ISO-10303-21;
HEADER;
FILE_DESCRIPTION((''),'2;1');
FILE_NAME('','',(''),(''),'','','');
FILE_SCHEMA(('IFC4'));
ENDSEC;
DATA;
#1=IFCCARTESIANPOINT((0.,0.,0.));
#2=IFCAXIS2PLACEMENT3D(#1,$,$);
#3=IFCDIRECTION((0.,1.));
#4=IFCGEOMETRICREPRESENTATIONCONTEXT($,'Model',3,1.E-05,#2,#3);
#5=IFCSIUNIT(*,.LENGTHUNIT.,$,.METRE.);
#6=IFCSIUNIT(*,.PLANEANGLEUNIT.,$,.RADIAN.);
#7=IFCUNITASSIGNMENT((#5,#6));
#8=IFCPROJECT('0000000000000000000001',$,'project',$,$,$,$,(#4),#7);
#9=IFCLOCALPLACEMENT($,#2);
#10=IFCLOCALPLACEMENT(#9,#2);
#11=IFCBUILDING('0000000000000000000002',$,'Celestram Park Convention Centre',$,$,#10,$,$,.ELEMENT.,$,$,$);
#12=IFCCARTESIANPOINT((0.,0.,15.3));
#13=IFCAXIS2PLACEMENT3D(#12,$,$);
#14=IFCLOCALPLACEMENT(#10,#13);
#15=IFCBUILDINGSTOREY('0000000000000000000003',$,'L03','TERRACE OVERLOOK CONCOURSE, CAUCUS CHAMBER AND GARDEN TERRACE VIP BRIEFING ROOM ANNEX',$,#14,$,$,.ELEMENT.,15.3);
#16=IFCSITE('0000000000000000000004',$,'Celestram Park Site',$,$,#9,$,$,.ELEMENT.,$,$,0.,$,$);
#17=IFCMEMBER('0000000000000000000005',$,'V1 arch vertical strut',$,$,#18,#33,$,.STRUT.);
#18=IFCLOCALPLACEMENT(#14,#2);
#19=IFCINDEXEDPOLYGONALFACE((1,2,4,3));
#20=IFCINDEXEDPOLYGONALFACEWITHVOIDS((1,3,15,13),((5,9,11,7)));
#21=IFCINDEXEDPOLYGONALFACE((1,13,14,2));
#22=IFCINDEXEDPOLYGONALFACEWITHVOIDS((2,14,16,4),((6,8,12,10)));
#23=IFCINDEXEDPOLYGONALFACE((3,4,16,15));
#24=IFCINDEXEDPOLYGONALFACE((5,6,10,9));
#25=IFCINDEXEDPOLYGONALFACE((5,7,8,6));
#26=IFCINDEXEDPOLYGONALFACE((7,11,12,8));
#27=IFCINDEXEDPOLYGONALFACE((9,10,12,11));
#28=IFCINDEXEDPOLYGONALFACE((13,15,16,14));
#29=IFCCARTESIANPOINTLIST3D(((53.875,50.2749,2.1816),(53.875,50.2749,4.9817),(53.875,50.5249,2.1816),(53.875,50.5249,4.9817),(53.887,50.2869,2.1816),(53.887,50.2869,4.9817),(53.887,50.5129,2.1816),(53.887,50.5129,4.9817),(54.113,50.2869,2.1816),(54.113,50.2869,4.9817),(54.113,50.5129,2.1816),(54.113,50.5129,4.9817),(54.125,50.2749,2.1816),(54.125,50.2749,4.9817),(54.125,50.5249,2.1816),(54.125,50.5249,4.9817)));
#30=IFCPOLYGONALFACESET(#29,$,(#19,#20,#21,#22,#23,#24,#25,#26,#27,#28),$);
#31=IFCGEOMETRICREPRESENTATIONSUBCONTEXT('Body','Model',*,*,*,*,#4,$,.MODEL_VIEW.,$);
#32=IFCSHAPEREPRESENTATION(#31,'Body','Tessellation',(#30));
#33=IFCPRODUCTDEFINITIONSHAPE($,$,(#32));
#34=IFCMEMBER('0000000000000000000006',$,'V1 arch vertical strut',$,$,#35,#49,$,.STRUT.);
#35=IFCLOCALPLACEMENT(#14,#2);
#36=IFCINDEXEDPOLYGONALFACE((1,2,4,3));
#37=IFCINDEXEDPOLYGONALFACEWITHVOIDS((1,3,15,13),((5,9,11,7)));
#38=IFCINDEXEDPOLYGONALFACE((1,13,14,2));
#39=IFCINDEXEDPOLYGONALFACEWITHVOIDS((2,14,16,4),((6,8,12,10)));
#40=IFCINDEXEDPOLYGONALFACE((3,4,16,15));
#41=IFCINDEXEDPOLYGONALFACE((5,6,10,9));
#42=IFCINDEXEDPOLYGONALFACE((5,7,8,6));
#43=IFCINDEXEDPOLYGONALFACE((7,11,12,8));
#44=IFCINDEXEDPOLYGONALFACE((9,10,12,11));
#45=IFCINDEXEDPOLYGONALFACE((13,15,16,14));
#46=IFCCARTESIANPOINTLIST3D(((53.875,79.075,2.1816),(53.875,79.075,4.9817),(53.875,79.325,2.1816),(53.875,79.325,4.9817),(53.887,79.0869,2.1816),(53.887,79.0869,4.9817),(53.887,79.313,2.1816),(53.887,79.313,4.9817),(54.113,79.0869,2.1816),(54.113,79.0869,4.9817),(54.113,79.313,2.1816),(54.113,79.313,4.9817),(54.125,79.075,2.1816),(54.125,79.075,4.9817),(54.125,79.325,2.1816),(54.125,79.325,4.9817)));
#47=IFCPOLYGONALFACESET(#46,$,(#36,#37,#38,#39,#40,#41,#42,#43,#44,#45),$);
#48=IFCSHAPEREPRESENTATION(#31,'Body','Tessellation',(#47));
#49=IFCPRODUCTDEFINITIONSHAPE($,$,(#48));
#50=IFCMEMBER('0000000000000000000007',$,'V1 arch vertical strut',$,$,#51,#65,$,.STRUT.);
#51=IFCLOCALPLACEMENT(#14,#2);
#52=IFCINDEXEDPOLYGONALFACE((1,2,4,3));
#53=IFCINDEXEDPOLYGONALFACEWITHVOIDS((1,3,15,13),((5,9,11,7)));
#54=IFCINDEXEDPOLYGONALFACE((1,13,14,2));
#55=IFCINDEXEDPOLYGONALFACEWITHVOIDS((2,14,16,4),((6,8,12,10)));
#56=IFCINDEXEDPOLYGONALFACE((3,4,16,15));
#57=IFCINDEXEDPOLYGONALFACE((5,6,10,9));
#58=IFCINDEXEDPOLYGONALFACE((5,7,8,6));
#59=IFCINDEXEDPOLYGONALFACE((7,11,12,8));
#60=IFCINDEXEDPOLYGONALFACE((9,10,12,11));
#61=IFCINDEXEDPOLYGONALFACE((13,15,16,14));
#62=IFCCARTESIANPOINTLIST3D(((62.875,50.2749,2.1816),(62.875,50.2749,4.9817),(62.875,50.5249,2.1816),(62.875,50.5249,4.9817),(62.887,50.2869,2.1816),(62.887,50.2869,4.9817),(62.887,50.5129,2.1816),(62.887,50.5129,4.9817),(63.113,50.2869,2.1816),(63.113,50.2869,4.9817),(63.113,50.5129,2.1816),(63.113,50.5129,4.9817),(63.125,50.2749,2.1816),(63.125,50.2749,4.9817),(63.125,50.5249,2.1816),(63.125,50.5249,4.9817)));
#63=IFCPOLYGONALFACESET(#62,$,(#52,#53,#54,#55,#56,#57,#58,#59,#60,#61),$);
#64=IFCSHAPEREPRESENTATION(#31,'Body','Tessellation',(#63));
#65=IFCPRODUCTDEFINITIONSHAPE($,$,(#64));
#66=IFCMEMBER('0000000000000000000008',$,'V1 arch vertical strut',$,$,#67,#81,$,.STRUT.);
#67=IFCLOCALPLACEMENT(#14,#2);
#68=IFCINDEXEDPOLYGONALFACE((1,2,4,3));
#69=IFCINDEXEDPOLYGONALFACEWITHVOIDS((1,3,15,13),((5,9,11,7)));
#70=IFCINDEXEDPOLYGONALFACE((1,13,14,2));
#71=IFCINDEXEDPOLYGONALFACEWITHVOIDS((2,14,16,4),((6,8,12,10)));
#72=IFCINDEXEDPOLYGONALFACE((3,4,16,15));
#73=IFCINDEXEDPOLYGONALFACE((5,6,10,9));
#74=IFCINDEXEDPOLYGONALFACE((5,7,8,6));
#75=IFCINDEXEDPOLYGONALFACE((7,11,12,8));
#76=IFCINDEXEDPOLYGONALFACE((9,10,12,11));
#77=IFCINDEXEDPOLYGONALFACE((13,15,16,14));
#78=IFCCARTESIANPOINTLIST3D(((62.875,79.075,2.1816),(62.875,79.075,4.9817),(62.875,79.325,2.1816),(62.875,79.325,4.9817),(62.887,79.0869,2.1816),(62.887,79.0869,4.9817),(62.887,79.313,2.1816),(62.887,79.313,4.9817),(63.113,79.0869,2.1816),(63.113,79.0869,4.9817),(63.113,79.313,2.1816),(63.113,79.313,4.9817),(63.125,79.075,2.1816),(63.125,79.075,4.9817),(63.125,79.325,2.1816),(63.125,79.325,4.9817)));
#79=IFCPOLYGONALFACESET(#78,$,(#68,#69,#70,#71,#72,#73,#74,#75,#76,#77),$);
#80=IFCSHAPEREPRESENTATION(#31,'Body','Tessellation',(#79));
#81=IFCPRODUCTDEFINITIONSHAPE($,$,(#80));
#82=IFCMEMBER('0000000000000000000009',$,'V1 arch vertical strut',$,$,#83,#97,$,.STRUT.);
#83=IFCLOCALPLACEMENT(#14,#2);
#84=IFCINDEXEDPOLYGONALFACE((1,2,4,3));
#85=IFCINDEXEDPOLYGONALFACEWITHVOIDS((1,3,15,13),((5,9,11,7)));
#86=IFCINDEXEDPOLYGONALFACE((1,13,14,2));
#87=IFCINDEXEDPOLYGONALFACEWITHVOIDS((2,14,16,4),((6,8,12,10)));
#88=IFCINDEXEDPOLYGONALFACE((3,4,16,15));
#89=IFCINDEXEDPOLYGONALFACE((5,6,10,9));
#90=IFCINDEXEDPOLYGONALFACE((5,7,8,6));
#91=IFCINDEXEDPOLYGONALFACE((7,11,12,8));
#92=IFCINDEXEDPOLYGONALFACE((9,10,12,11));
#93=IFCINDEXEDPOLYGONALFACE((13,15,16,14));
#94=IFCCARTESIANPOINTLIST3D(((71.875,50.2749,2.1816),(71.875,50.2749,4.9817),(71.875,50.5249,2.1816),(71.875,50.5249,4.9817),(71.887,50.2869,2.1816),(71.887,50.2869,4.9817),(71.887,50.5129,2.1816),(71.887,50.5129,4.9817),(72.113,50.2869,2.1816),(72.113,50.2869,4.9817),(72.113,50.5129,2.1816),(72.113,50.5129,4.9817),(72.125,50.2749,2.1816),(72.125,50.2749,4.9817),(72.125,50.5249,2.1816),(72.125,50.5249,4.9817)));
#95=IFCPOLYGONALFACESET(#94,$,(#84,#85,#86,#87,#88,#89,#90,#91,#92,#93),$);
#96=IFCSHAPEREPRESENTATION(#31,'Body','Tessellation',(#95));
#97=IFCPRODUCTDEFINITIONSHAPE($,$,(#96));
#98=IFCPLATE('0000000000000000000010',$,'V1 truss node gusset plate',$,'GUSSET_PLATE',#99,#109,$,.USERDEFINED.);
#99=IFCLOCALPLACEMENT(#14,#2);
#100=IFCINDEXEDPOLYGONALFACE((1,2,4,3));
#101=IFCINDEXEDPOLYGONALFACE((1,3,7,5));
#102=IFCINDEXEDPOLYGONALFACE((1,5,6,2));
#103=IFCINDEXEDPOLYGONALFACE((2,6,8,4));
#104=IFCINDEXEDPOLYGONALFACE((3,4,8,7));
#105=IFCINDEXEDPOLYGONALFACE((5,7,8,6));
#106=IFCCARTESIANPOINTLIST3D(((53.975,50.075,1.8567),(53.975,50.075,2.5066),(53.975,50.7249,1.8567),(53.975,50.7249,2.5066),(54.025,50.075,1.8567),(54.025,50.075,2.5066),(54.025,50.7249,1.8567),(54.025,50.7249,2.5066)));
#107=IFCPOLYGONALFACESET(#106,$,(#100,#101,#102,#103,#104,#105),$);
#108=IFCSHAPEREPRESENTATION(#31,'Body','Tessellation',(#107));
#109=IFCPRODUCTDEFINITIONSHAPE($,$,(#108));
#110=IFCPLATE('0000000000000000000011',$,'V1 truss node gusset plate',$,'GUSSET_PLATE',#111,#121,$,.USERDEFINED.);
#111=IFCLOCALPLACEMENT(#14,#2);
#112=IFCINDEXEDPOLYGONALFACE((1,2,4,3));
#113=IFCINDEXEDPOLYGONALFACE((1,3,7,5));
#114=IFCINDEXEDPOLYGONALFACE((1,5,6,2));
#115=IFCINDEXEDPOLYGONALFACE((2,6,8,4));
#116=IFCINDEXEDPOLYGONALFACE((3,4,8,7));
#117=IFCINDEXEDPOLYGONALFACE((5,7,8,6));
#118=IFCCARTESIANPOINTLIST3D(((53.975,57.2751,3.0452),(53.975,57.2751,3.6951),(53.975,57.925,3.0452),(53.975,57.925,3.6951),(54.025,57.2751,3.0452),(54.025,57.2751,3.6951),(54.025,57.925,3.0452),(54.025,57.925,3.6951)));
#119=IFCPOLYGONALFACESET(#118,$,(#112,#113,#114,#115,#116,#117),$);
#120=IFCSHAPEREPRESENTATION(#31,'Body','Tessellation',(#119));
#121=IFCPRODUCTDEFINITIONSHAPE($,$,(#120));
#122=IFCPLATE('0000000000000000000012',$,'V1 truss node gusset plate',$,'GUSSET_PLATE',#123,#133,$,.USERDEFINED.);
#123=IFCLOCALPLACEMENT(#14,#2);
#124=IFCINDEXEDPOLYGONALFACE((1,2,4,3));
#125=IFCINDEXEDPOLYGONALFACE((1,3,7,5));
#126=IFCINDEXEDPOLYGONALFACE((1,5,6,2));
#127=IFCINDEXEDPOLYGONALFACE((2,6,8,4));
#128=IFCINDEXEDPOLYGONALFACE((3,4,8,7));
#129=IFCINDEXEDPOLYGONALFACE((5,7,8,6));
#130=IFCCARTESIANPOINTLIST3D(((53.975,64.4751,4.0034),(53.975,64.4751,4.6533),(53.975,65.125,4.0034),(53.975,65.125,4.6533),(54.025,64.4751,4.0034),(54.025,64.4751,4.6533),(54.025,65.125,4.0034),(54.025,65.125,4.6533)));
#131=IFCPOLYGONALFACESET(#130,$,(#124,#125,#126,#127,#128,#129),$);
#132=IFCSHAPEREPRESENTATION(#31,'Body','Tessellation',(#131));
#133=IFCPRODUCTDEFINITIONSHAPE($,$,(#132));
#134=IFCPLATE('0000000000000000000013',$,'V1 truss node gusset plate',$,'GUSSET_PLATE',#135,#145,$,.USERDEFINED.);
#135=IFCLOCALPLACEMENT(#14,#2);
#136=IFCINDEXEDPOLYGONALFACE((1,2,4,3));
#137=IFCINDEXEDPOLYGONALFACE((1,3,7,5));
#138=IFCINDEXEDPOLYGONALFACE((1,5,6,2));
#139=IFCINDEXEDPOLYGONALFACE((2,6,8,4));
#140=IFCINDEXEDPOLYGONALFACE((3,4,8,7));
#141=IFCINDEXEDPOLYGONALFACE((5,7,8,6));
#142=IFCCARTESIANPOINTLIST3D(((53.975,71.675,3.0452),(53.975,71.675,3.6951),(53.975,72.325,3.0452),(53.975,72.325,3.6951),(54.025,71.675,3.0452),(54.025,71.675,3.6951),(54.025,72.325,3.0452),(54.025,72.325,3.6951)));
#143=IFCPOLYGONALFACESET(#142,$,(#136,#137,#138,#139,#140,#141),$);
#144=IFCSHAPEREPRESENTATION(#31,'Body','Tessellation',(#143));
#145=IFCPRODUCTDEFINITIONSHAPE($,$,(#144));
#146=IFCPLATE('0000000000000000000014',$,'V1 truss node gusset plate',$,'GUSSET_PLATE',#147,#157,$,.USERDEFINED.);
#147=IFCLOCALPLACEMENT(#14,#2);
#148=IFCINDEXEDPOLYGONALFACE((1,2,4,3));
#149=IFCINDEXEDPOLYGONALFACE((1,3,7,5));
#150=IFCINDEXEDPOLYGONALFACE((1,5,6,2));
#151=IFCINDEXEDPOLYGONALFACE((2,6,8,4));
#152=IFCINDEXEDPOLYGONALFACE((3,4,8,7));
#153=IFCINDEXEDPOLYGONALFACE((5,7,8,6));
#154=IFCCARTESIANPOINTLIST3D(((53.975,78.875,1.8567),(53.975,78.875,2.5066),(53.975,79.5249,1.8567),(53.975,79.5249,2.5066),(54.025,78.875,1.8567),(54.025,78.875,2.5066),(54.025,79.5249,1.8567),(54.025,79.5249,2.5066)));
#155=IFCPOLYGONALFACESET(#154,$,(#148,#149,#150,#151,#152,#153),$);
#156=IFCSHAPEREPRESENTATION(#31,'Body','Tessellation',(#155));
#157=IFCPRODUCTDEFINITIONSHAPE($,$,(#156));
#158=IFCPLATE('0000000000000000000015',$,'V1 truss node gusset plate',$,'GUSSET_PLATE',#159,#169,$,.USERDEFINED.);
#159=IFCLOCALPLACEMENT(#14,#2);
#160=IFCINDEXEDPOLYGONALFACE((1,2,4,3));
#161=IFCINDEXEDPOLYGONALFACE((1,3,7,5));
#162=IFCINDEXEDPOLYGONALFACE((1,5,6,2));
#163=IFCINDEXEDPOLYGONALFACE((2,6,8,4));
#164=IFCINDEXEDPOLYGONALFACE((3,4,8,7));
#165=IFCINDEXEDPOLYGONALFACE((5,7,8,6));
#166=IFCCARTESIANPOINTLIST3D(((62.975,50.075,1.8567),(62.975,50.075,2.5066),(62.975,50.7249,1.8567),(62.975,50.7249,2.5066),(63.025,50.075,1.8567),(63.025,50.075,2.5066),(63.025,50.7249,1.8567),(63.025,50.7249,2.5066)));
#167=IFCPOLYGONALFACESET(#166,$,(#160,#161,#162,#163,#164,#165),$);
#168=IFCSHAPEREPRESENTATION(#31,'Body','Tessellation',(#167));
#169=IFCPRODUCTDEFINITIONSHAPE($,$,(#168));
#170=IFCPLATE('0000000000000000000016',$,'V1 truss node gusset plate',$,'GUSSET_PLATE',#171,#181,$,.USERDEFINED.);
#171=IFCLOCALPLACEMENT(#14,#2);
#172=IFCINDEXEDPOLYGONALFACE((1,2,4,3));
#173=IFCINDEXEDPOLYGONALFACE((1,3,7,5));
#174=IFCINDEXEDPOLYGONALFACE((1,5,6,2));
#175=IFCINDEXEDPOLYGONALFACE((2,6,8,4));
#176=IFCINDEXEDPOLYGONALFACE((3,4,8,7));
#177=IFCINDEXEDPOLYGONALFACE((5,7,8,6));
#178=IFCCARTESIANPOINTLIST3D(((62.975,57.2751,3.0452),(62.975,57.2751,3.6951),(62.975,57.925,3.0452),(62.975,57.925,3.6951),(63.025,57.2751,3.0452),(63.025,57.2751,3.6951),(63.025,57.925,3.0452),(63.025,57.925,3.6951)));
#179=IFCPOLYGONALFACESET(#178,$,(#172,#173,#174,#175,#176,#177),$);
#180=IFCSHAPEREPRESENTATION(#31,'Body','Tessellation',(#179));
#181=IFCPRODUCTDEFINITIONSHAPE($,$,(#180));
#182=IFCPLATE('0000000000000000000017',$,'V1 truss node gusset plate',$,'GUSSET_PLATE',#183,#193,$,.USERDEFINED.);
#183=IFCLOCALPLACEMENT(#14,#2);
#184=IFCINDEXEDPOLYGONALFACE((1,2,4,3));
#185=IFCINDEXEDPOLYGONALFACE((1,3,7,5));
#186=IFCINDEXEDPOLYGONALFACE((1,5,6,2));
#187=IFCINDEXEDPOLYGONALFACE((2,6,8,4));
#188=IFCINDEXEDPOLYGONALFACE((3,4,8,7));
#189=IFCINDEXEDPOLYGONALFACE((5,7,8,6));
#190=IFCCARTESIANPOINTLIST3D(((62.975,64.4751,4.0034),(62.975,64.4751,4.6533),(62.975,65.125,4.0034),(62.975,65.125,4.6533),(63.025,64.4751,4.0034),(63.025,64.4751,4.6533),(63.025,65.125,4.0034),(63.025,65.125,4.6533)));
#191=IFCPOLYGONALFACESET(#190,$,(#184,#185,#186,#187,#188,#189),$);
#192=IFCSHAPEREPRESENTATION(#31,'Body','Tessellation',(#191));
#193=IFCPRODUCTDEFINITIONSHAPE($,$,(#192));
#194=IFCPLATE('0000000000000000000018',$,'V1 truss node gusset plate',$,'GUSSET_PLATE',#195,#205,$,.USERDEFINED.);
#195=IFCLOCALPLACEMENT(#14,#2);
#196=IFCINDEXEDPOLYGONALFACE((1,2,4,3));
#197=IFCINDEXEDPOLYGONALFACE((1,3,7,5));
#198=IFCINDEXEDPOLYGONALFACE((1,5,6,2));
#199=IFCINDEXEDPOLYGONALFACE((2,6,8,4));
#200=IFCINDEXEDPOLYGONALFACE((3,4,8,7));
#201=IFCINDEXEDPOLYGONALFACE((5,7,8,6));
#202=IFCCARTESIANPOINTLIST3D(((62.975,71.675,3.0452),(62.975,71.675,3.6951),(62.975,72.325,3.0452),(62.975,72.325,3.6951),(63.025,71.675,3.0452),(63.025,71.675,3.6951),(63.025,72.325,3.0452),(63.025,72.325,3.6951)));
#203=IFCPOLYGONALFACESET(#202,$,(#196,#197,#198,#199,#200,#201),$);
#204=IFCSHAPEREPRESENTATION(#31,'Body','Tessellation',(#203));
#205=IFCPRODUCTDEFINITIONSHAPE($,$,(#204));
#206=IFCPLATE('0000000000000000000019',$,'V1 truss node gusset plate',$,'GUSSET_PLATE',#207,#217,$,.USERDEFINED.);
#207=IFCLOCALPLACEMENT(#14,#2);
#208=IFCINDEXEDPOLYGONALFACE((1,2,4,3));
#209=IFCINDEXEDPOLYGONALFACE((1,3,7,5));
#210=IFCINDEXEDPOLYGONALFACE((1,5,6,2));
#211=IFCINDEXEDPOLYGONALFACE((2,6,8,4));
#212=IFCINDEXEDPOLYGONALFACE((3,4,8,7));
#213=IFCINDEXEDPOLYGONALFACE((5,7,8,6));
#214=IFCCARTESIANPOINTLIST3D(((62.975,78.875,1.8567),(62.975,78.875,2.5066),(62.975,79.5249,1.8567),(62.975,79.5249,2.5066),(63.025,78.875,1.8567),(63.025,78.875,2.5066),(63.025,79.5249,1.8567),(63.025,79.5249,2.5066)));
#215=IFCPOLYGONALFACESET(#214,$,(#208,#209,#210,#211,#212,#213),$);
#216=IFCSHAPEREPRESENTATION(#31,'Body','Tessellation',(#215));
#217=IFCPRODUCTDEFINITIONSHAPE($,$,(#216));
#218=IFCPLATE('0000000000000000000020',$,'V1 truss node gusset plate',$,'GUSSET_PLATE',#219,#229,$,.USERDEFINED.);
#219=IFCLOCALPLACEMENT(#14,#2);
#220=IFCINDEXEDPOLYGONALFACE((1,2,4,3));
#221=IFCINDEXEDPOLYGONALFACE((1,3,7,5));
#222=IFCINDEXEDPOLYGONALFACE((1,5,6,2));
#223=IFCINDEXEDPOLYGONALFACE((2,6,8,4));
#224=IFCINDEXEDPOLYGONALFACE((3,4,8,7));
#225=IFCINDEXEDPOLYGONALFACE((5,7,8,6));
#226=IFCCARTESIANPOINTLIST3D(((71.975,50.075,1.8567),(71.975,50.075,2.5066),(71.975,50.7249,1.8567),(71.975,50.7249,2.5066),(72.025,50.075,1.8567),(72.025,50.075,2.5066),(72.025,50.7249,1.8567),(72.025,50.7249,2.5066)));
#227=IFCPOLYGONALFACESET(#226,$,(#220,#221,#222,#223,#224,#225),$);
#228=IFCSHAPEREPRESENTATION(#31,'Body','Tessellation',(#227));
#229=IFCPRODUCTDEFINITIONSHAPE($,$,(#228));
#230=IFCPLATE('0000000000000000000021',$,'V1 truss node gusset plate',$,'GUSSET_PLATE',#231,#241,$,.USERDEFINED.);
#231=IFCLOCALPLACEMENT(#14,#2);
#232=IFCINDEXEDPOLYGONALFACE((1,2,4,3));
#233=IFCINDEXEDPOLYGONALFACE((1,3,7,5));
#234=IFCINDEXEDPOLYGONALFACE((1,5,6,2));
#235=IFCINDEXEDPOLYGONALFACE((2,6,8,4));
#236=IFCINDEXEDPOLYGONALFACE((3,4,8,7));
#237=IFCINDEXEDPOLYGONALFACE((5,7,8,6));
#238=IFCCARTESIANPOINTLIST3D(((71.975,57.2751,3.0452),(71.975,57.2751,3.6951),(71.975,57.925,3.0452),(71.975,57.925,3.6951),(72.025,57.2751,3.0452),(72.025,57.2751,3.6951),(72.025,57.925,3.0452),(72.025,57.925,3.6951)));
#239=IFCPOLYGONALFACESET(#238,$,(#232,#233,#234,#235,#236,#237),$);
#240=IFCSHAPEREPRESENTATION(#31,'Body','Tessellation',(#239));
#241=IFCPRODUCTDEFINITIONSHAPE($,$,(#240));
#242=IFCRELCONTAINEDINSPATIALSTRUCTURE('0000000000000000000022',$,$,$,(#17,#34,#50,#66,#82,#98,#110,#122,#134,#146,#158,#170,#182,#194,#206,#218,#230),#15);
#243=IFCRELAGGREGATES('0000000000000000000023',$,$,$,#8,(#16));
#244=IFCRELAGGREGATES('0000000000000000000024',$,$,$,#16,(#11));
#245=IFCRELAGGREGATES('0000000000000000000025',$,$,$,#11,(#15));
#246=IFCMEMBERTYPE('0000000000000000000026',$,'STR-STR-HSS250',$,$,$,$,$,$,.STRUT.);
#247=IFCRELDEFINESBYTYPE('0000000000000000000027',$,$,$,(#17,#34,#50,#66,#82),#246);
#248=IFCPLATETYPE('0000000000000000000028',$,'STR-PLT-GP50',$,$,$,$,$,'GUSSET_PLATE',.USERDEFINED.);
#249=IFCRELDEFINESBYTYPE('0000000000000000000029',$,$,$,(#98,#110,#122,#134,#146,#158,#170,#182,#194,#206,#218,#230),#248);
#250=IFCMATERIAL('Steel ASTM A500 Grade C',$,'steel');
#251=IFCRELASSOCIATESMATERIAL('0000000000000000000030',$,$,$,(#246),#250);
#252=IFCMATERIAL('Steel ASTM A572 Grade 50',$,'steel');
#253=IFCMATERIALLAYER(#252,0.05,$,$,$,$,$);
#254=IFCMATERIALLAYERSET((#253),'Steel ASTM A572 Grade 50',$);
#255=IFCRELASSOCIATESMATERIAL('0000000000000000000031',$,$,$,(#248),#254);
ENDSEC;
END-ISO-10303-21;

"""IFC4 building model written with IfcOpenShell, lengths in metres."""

from ifc_helpers import new_model, si_unit, direction, frame, origin, origin_2d, place, context, subcontext, project, spatial, rectangle, hollow_rectangle, extrude, material, layer, layer_set, material_profile, profile_set, type_object, element, save


model = new_model("IFC4")

# Units and contexts
model_context = context("Model", 3, precision=1e-05, world=origin(), true_north=direction((0.0, 1.0)))
body_context = subcontext(model_context, "Body", "Model", "MODEL_VIEW")
ifc_project = project(units=[si_unit("LENGTHUNIT", "METRE"), si_unit("PLANEANGLEUNIT", "RADIAN")], contexts=[model_context])

# Site, building, storey
site_placement = place(None, origin())
site = spatial("IfcSite", under=ifc_project, at=site_placement, Name="Celestram Park Site", CompositionType="ELEMENT", RefElevation=0.0)
building_placement = place(site_placement, origin())
building = spatial("IfcBuilding", under=site, at=building_placement, Name="Celestram Park Convention Centre", CompositionType="ELEMENT")
storey_placement = place(building_placement, frame((0.0, 0.0, 15.3)))
storey = spatial("IfcBuildingStorey", under=building, at=storey_placement, Name="L03", Description="TERRACE OVERLOOK CONCOURSE, CAUCUS CHAMBER AND GARDEN TERRACE VIP BRIEFING ROOM ANNEX", CompositionType="ELEMENT", Elevation=15.3)

# Members
ifc_material_1 = material(Name="Steel ASTM A500 Grade C", Category="steel")
ifc_material_profile_1 = material_profile(ifc_material_1, hollow_rectangle(XDim=0.25, YDim=0.25, WallThickness=0.012, at=origin_2d()), Name="HSS250X250X12")
ifc_profile_set_1 = profile_set([ifc_material_profile_1], Name="Steel ASTM A500 Grade C")
member_type_1 = type_object("IfcMemberType", Name="STR-STR-HSS250", PredefinedType="STRUT", material=ifc_profile_set_1)
for number, where, z_axis, x_axis, name in (
    (1, (54.0, 50.3999, 2.1816), (0.0, 0.0, 1.0), (1.0, 0.0, 0.0), "V1 arch vertical strut"),
    (2, (54.0, 79.2, 2.1816), (0.0, 0.0, 1.0), (1.0, 0.0, 0.0), "V1 arch vertical strut"),
    (3, (63.0, 50.3999, 2.1816), (0.0, 0.0, 1.0), (1.0, 0.0, 0.0), "V1 arch vertical strut"),
    (4, (63.0, 79.2, 2.1816), (0.0, 0.0, 1.0), (1.0, 0.0, 0.0), "V1 arch vertical strut"),
    (5, (72.0, 50.3999, 2.1816), (0.0, 0.0, 1.0), (1.0, 0.0, 0.0), "V1 arch vertical strut"),
):
    element("IfcMember", number, at=place(storey_placement, frame(where, z_axis=z_axis, x_axis=x_axis)), inside=storey, type_object=member_type_1, Name=name, PredefinedType="STRUT", context=body_context, shape_type="SweptSolid", body=[
        extrude(hollow_rectangle(XDim=0.25, YDim=0.25, WallThickness=0.012, at=origin_2d()), origin(), (0.0, 0.0, 1.0), 2.8),
    ])

# Plates
ifc_material_2 = material(Name="Steel ASTM A572 Grade 50", Category="steel")
ifc_layer = layer(ifc_material_2, 0.05)
ifc_layer_set = layer_set([ifc_layer], Name="Steel ASTM A572 Grade 50")
plate_type = type_object("IfcPlateType", Name="STR-PLT-GP50", ElementType="GUSSET_PLATE", PredefinedType="USERDEFINED", material=ifc_layer_set)
for number, where, z_axis, x_axis, name in (
    (6, (54.0, 50.3999, 1.8567), (0.0, 0.0, 1.0), (0.0, 1.0, 0.0), "V1 truss node gusset plate"),
    (7, (54.0, 57.6001, 3.0452), (0.0, 0.0, 1.0), (0.0, 1.0, 0.0), "V1 truss node gusset plate"),
    (8, (54.0, 64.8, 4.0034), (0.0, 0.0, 1.0), (0.0, 1.0, 0.0), "V1 truss node gusset plate"),
    (9, (54.0, 72.0, 3.0452), (0.0, 0.0, 1.0), (0.0, 1.0, 0.0), "V1 truss node gusset plate"),
    (10, (54.0, 79.2, 1.8567), (0.0, 0.0, 1.0), (0.0, 1.0, 0.0), "V1 truss node gusset plate"),
    (11, (63.0, 50.3999, 1.8567), (0.0, 0.0, 1.0), (0.0, 1.0, 0.0), "V1 truss node gusset plate"),
    (12, (63.0, 57.6001, 3.0452), (0.0, 0.0, 1.0), (0.0, 1.0, 0.0), "V1 truss node gusset plate"),
    (13, (63.0, 64.8, 4.0034), (0.0, 0.0, 1.0), (0.0, 1.0, 0.0), "V1 truss node gusset plate"),
    (14, (63.0, 72.0, 3.0452), (0.0, 0.0, 1.0), (0.0, 1.0, 0.0), "V1 truss node gusset plate"),
    (15, (63.0, 79.2, 1.8567), (0.0, 0.0, 1.0), (0.0, 1.0, 0.0), "V1 truss node gusset plate"),
    (16, (72.0, 50.3999, 1.8567), (0.0, 0.0, 1.0), (0.0, 1.0, 0.0), "V1 truss node gusset plate"),
    (17, (72.0, 57.6001, 3.0452), (0.0, 0.0, 1.0), (0.0, 1.0, 0.0), "V1 truss node gusset plate"),
):
    element("IfcPlate", number, at=place(storey_placement, frame(where, z_axis=z_axis, x_axis=x_axis)), inside=storey, type_object=plate_type, Name=name, ObjectType="GUSSET_PLATE", PredefinedType="USERDEFINED", context=body_context, shape_type="SweptSolid", body=[
        extrude(rectangle(XDim=0.6499, YDim=0.05, at=origin_2d()), origin(), (0.0, 0.0, 1.0), 0.6499),
    ])

save(model, "model.ifc")
